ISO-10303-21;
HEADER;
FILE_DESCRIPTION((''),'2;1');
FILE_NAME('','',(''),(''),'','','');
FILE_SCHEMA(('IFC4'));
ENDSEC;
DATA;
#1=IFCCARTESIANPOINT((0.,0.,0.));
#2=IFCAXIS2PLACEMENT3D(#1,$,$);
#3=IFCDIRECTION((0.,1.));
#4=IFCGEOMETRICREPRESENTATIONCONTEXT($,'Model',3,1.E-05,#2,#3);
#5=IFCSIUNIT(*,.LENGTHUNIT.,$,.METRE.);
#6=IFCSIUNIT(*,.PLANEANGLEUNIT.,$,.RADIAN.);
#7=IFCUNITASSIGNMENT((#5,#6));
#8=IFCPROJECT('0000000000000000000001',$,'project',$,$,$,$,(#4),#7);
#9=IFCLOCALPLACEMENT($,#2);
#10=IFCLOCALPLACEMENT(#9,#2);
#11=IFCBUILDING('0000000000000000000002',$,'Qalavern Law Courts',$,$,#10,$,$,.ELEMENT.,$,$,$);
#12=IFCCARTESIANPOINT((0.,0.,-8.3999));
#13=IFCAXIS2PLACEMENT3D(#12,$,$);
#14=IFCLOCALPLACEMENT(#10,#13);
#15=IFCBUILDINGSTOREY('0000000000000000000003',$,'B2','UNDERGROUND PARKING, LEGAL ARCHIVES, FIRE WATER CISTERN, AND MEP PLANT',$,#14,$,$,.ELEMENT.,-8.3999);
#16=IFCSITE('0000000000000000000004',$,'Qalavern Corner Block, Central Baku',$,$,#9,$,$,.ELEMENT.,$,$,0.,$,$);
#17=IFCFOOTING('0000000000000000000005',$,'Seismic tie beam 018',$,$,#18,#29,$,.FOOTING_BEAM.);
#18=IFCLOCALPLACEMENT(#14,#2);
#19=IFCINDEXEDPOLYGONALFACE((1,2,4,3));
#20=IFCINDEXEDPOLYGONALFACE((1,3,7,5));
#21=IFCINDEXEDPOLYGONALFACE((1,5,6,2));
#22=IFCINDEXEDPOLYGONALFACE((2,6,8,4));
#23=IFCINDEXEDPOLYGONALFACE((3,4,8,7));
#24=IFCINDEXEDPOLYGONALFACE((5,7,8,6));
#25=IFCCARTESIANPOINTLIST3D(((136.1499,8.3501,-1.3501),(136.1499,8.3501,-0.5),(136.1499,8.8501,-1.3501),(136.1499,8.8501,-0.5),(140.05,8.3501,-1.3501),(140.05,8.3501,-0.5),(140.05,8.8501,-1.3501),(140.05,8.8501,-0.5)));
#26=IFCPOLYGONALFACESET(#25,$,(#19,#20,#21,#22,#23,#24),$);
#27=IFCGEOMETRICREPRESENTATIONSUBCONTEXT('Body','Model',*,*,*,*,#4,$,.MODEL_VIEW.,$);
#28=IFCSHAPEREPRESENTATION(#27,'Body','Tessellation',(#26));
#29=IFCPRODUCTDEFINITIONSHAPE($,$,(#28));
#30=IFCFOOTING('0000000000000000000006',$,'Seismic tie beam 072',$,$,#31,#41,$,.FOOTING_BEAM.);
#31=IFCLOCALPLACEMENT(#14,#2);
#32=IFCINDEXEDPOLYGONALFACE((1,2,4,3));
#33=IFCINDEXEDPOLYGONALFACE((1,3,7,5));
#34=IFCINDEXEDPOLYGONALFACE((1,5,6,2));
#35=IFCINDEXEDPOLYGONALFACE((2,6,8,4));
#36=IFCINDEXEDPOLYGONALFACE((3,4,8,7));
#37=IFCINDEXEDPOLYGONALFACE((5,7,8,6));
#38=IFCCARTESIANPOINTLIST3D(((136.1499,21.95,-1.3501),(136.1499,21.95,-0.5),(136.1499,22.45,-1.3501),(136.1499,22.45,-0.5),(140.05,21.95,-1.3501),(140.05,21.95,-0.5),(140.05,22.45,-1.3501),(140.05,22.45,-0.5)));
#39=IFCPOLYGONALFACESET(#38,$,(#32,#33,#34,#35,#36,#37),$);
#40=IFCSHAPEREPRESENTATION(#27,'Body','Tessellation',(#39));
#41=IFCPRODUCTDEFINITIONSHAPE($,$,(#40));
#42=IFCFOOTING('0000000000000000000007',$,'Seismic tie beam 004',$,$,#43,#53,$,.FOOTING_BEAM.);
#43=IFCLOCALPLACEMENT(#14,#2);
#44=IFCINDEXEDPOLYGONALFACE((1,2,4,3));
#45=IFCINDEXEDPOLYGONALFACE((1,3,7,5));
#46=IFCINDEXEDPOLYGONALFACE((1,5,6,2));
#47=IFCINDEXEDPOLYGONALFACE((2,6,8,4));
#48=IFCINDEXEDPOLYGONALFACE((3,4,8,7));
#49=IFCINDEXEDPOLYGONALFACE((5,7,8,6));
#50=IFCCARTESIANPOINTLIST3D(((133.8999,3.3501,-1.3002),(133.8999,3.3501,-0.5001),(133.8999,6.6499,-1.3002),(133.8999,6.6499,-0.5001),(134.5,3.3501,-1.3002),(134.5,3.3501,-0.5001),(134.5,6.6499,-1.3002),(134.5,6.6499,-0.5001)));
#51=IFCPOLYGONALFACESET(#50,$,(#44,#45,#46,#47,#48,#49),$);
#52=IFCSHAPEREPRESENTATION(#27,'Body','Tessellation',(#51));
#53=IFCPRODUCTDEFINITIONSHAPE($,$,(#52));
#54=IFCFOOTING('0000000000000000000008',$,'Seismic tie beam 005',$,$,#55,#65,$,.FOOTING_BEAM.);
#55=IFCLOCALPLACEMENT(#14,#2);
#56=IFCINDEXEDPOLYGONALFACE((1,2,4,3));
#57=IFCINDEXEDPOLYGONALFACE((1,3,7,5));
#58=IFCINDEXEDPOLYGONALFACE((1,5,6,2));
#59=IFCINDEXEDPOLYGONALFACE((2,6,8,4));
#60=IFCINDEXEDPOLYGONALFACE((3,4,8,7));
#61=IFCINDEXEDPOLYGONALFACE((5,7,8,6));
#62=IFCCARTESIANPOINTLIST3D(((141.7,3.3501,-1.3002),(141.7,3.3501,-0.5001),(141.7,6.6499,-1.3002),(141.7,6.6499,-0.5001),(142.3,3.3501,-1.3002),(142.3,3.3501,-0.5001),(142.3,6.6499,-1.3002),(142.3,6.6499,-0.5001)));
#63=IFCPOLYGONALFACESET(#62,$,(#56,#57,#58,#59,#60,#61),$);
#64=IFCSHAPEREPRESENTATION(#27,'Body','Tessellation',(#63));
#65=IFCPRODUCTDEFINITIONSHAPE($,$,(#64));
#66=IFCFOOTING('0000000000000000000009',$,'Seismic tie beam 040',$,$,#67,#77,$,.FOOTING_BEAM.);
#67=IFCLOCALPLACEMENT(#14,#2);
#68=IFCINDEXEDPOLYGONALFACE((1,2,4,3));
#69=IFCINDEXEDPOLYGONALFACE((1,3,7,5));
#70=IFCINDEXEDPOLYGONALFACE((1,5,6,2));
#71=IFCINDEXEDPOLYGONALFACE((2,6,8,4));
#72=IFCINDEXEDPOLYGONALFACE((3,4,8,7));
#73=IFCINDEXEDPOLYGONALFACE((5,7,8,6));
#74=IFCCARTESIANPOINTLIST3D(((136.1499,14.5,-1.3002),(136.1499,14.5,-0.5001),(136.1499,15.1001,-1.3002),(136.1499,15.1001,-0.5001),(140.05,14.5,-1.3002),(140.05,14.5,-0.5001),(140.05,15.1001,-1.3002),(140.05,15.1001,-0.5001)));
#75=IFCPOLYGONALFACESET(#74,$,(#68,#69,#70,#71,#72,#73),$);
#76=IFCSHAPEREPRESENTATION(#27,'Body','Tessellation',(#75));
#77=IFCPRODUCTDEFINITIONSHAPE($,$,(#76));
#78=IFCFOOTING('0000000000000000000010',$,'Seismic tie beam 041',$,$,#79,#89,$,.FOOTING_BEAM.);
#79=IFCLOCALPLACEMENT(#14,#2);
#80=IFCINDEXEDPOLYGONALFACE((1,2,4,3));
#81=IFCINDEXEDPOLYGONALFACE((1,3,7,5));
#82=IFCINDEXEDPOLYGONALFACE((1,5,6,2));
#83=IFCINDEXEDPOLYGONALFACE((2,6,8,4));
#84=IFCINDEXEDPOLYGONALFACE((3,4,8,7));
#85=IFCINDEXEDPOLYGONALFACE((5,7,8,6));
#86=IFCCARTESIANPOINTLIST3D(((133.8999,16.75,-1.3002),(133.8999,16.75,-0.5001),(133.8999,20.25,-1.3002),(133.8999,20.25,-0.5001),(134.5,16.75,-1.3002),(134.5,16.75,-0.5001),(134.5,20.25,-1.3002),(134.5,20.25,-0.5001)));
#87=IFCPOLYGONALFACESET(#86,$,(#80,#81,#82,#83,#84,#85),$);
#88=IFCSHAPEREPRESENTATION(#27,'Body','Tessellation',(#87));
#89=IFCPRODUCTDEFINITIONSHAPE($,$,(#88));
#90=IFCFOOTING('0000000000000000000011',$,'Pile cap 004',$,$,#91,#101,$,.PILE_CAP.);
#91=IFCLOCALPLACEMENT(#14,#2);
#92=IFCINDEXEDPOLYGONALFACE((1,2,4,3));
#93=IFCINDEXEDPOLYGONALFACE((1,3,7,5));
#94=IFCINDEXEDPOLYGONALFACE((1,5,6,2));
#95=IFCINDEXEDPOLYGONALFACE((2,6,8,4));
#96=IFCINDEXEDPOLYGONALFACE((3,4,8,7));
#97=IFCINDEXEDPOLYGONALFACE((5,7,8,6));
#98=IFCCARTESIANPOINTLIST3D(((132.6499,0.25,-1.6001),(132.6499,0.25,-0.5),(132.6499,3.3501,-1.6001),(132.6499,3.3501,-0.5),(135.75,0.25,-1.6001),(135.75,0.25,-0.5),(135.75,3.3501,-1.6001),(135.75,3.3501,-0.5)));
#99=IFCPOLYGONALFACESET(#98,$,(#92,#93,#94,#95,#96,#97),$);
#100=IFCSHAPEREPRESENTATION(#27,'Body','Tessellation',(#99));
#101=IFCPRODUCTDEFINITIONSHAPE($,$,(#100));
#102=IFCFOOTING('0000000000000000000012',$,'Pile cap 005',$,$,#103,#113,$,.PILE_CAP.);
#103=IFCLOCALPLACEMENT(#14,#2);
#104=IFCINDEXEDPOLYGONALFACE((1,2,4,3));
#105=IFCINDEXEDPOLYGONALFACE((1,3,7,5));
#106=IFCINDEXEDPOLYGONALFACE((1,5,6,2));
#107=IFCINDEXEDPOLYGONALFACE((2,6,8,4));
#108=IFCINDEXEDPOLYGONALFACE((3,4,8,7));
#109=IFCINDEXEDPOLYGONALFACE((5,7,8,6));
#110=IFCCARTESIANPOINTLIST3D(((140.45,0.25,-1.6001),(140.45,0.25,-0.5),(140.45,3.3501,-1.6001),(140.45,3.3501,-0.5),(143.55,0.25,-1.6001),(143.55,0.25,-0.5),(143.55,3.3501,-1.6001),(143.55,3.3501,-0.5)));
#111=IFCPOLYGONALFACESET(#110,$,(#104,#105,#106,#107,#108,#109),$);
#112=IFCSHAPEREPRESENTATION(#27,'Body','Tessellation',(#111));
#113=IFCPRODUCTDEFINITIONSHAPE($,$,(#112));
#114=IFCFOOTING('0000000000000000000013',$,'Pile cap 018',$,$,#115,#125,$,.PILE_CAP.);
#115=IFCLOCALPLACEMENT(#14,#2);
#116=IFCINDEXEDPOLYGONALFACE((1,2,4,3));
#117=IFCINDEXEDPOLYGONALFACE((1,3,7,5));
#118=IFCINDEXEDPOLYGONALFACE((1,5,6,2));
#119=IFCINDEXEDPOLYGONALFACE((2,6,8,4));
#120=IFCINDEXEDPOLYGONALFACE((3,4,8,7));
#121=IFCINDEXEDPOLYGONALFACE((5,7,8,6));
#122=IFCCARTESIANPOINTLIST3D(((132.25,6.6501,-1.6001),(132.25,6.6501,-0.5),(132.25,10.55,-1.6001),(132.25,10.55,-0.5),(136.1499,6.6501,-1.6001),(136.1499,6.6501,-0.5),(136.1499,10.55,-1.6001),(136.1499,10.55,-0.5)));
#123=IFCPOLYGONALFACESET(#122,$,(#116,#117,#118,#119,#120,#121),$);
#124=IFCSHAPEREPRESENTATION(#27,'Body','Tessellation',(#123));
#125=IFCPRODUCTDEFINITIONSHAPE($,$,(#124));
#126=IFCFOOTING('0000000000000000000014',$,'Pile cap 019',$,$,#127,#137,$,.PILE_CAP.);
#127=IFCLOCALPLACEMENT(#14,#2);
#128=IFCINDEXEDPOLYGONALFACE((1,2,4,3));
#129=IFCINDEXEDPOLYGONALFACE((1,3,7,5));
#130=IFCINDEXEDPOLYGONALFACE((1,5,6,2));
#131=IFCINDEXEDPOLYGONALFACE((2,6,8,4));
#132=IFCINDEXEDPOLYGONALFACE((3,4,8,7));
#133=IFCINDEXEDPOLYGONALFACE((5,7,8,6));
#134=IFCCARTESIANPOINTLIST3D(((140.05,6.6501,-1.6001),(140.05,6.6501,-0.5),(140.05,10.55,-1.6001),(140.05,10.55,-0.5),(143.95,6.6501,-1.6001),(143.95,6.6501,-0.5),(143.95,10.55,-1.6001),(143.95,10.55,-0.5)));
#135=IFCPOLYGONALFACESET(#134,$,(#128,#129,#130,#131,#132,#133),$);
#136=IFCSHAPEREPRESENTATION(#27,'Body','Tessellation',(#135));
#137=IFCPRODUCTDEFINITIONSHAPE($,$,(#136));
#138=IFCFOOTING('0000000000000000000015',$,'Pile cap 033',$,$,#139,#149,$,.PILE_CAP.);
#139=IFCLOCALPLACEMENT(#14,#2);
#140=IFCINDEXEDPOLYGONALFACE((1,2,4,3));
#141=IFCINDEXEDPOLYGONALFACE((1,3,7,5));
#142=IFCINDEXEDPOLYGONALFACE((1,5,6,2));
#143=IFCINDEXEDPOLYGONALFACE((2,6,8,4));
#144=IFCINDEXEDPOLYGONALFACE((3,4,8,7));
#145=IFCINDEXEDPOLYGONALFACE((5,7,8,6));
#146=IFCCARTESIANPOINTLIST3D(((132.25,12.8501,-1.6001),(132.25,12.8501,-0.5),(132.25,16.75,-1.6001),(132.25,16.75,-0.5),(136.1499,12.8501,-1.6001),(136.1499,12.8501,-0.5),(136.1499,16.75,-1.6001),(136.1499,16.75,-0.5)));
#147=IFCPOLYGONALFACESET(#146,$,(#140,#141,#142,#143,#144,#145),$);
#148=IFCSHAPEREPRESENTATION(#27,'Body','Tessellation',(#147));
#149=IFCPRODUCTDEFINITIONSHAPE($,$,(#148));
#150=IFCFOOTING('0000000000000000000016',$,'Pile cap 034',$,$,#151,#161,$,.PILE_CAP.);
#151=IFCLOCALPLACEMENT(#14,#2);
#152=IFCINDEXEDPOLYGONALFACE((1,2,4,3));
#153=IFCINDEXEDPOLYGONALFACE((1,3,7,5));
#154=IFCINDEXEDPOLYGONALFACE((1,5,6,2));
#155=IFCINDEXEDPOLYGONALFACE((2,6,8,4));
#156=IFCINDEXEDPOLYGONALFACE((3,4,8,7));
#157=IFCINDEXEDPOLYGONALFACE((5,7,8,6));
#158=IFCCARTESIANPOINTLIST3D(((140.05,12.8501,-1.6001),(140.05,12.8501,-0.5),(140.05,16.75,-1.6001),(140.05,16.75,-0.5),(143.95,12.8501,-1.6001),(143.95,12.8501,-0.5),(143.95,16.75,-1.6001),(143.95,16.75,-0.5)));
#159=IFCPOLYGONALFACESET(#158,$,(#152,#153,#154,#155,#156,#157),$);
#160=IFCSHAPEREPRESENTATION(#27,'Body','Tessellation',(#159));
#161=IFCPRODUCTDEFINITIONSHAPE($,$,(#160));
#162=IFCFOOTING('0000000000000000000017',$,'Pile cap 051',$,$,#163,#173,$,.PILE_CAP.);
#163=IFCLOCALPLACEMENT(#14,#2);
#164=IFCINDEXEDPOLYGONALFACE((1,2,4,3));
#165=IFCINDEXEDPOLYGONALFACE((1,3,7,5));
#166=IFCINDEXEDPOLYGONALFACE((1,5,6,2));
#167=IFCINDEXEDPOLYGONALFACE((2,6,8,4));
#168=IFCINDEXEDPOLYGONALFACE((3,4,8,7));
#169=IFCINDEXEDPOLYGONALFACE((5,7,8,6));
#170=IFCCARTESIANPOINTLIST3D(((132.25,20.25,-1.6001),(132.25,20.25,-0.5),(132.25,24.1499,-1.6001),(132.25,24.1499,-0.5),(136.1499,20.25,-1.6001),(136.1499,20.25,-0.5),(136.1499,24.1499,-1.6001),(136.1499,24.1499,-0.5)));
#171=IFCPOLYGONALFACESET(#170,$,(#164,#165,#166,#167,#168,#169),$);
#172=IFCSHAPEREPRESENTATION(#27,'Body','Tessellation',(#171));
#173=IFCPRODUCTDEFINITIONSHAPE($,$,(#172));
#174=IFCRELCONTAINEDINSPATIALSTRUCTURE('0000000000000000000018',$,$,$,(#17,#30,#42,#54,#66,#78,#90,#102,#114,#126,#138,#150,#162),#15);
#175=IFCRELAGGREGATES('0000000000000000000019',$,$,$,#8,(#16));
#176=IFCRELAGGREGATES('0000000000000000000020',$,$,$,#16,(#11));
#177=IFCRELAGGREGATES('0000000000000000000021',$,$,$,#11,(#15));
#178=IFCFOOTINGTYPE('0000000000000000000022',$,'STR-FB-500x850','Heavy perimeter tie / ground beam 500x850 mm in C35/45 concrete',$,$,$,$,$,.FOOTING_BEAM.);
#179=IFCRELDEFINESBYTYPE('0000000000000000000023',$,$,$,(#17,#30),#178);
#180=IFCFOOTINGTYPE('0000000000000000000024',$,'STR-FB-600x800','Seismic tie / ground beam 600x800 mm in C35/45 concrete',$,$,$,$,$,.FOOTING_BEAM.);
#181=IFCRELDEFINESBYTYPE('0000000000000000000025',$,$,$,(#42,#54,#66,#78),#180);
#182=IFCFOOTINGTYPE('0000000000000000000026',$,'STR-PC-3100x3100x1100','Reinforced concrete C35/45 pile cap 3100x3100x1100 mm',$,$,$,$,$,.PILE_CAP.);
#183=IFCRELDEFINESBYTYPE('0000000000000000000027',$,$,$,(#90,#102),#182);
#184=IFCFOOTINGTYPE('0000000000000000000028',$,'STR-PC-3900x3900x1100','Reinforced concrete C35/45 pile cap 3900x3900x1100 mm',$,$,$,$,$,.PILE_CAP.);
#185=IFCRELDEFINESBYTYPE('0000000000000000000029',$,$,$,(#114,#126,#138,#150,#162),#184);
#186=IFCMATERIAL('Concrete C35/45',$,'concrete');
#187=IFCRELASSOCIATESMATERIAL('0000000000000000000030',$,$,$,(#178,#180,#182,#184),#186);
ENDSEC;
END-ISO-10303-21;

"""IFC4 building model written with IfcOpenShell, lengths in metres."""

from ifc_helpers import new_model, si_unit, direction, frame, origin, origin_2d, place, context, subcontext, project, spatial, rectangle, extrude, material, material_profile, profile_set, type_object, element, save


model = new_model("IFC4")

# Units and contexts
model_context = context("Model", 3, precision=1e-05, world=origin(), true_north=direction((0.0, 1.0)))
body_context = subcontext(model_context, "Body", "Model", "MODEL_VIEW")
ifc_project = project(units=[si_unit("LENGTHUNIT", "METRE"), si_unit("PLANEANGLEUNIT", "RADIAN")], contexts=[model_context])

# Site, building, storey
site_placement = place(None, origin())
site = spatial("IfcSite", under=ifc_project, at=site_placement, Name="Qalavern Corner Block, Central Baku", CompositionType="ELEMENT", RefElevation=0.0)
building_placement = place(site_placement, origin())
building = spatial("IfcBuilding", under=site, at=building_placement, Name="Qalavern Law Courts", CompositionType="ELEMENT")
storey_placement = place(building_placement, frame((0.0, 0.0, -8.3999)))
storey = spatial("IfcBuildingStorey", under=building, at=storey_placement, Name="B2", Description="UNDERGROUND PARKING, LEGAL ARCHIVES, FIRE WATER CISTERN, AND MEP PLANT", CompositionType="ELEMENT", Elevation=-8.3999)

# Footings
ifc_material_1 = material(Name="Concrete C35/45", Category="concrete")
ifc_material_profile_1 = material_profile(ifc_material_1, rectangle(XDim=0.5, YDim=0.8501, at=origin_2d()), Name="RC 500x850")
ifc_profile_set_1 = profile_set([ifc_material_profile_1], Name="Concrete C35/45")
footing_type_1 = type_object("IfcFootingType", Name="STR-FB-500x850", Description="Heavy perimeter tie / ground beam 500x850 mm in C35/45 concrete", PredefinedType="FOOTING_BEAM", material=ifc_profile_set_1)
for number, where, z_axis, x_axis, name in (
    (1, (136.1499, 8.6001, -0.925), (1.0, 0.0, 0.0), (0.0, 1.0, 0.0), "Seismic tie beam 018"),
    (2, (136.1499, 22.2, -0.925), (1.0, 0.0, 0.0), (0.0, 1.0, 0.0), "Seismic tie beam 072"),
):
    element("IfcFooting", number, at=place(storey_placement, frame(where, z_axis=z_axis, x_axis=x_axis)), inside=storey, type_object=footing_type_1, Name=name, PredefinedType="FOOTING_BEAM", context=body_context, shape_type="SweptSolid", body=[
        extrude(rectangle(XDim=0.5, YDim=0.8501, at=origin_2d()), origin(), (0.0, 0.0, 1.0), 3.9001),
    ])
ifc_material_profile_2 = material_profile(ifc_material_1, rectangle(XDim=0.6001, YDim=0.8, at=origin_2d()), Name="RC 600x800")
ifc_profile_set_2 = profile_set([ifc_material_profile_2], Name="Concrete C35/45")
footing_type_2 = type_object("IfcFootingType", Name="STR-FB-600x800", Description="Seismic tie / ground beam 600x800 mm in C35/45 concrete", PredefinedType="FOOTING_BEAM", material=ifc_profile_set_2)
for number, where, z_axis, x_axis, name in (
    (3, (134.2, 3.3501, -0.9001), (0.0, 1.0, 0.0), (-1.0, 0.0, 0.0), "Seismic tie beam 004"),
    (4, (142.0, 3.3501, -0.9001), (0.0, 1.0, 0.0), (-1.0, 0.0, 0.0), "Seismic tie beam 005"),
):
    element("IfcFooting", number, at=place(storey_placement, frame(where, z_axis=z_axis, x_axis=x_axis)), inside=storey, type_object=footing_type_2, Name=name, PredefinedType="FOOTING_BEAM", context=body_context, shape_type="SweptSolid", body=[
        extrude(rectangle(XDim=0.6001, YDim=0.8, at=origin_2d()), origin(), (0.0, 0.0, 1.0), 3.2998),
    ])
footing_1_placement = place(storey_placement, frame((136.1499, 14.8, -0.9001), z_axis=(1.0, 0.0, 0.0), x_axis=(0.0, 1.0, 0.0)))
element("IfcFooting", 5, at=footing_1_placement, inside=storey, type_object=footing_type_2, Name="Seismic tie beam 040", PredefinedType="FOOTING_BEAM", context=body_context, shape_type="SweptSolid", body=[
    extrude(rectangle(XDim=0.6001, YDim=0.8, at=origin_2d()), origin(), (0.0, 0.0, 1.0), 3.9001),
])
footing_2_placement = place(storey_placement, frame((134.2, 16.75, -0.9001), z_axis=(0.0, 1.0, 0.0), x_axis=(-1.0, 0.0, 0.0)))
element("IfcFooting", 6, at=footing_2_placement, inside=storey, type_object=footing_type_2, Name="Seismic tie beam 041", PredefinedType="FOOTING_BEAM", context=body_context, shape_type="SweptSolid", body=[
    extrude(rectangle(XDim=0.6001, YDim=0.8, at=origin_2d()), origin(), (0.0, 0.0, 1.0), 3.5),
])
footing_type_3 = type_object("IfcFootingType", Name="STR-PC-3100x3100x1100", Description="Reinforced concrete C35/45 pile cap 3100x3100x1100 mm", PredefinedType="PILE_CAP", material=ifc_material_1)
for number, where, z_axis, x_axis, name in (
    (7, (134.2, 1.8, -1.6001), (0.0, 0.0, 1.0), (1.0, 0.0, 0.0), "Pile cap 004"),
    (8, (142.0, 1.8, -1.6001), (0.0, 0.0, 1.0), (1.0, 0.0, 0.0), "Pile cap 005"),
):
    element("IfcFooting", number, at=place(storey_placement, frame(where, z_axis=z_axis, x_axis=x_axis)), inside=storey, type_object=footing_type_3, Name=name, PredefinedType="PILE_CAP", context=body_context, shape_type="SweptSolid", body=[
        extrude(rectangle(XDim=3.1001, YDim=3.1001, at=origin_2d()), origin(), (0.0, 0.0, 1.0), 1.1001),
    ])
footing_type_4 = type_object("IfcFootingType", Name="STR-PC-3900x3900x1100", Description="Reinforced concrete C35/45 pile cap 3900x3900x1100 mm", PredefinedType="PILE_CAP", material=ifc_material_1)
for number, where, z_axis, x_axis, name in (
    (9, (134.2, 8.6001, -1.6001), (0.0, 0.0, 1.0), (1.0, 0.0, 0.0), "Pile cap 018"),
    (10, (142.0, 8.6001, -1.6001), (0.0, 0.0, 1.0), (1.0, 0.0, 0.0), "Pile cap 019"),
    (11, (134.2, 14.8, -1.6001), (0.0, 0.0, 1.0), (1.0, 0.0, 0.0), "Pile cap 033"),
    (12, (142.0, 14.8, -1.6001), (0.0, 0.0, 1.0), (1.0, 0.0, 0.0), "Pile cap 034"),
    (13, (134.2, 22.2, -1.6001), (0.0, 0.0, 1.0), (1.0, 0.0, 0.0), "Pile cap 051"),
):
    element("IfcFooting", number, at=place(storey_placement, frame(where, z_axis=z_axis, x_axis=x_axis)), inside=storey, type_object=footing_type_4, Name=name, PredefinedType="PILE_CAP", context=body_context, shape_type="SweptSolid", body=[
        extrude(rectangle(XDim=3.8999, YDim=3.8999, at=origin_2d()), origin(), (0.0, 0.0, 1.0), 1.1001),
    ])

save(model, "model.ifc")
